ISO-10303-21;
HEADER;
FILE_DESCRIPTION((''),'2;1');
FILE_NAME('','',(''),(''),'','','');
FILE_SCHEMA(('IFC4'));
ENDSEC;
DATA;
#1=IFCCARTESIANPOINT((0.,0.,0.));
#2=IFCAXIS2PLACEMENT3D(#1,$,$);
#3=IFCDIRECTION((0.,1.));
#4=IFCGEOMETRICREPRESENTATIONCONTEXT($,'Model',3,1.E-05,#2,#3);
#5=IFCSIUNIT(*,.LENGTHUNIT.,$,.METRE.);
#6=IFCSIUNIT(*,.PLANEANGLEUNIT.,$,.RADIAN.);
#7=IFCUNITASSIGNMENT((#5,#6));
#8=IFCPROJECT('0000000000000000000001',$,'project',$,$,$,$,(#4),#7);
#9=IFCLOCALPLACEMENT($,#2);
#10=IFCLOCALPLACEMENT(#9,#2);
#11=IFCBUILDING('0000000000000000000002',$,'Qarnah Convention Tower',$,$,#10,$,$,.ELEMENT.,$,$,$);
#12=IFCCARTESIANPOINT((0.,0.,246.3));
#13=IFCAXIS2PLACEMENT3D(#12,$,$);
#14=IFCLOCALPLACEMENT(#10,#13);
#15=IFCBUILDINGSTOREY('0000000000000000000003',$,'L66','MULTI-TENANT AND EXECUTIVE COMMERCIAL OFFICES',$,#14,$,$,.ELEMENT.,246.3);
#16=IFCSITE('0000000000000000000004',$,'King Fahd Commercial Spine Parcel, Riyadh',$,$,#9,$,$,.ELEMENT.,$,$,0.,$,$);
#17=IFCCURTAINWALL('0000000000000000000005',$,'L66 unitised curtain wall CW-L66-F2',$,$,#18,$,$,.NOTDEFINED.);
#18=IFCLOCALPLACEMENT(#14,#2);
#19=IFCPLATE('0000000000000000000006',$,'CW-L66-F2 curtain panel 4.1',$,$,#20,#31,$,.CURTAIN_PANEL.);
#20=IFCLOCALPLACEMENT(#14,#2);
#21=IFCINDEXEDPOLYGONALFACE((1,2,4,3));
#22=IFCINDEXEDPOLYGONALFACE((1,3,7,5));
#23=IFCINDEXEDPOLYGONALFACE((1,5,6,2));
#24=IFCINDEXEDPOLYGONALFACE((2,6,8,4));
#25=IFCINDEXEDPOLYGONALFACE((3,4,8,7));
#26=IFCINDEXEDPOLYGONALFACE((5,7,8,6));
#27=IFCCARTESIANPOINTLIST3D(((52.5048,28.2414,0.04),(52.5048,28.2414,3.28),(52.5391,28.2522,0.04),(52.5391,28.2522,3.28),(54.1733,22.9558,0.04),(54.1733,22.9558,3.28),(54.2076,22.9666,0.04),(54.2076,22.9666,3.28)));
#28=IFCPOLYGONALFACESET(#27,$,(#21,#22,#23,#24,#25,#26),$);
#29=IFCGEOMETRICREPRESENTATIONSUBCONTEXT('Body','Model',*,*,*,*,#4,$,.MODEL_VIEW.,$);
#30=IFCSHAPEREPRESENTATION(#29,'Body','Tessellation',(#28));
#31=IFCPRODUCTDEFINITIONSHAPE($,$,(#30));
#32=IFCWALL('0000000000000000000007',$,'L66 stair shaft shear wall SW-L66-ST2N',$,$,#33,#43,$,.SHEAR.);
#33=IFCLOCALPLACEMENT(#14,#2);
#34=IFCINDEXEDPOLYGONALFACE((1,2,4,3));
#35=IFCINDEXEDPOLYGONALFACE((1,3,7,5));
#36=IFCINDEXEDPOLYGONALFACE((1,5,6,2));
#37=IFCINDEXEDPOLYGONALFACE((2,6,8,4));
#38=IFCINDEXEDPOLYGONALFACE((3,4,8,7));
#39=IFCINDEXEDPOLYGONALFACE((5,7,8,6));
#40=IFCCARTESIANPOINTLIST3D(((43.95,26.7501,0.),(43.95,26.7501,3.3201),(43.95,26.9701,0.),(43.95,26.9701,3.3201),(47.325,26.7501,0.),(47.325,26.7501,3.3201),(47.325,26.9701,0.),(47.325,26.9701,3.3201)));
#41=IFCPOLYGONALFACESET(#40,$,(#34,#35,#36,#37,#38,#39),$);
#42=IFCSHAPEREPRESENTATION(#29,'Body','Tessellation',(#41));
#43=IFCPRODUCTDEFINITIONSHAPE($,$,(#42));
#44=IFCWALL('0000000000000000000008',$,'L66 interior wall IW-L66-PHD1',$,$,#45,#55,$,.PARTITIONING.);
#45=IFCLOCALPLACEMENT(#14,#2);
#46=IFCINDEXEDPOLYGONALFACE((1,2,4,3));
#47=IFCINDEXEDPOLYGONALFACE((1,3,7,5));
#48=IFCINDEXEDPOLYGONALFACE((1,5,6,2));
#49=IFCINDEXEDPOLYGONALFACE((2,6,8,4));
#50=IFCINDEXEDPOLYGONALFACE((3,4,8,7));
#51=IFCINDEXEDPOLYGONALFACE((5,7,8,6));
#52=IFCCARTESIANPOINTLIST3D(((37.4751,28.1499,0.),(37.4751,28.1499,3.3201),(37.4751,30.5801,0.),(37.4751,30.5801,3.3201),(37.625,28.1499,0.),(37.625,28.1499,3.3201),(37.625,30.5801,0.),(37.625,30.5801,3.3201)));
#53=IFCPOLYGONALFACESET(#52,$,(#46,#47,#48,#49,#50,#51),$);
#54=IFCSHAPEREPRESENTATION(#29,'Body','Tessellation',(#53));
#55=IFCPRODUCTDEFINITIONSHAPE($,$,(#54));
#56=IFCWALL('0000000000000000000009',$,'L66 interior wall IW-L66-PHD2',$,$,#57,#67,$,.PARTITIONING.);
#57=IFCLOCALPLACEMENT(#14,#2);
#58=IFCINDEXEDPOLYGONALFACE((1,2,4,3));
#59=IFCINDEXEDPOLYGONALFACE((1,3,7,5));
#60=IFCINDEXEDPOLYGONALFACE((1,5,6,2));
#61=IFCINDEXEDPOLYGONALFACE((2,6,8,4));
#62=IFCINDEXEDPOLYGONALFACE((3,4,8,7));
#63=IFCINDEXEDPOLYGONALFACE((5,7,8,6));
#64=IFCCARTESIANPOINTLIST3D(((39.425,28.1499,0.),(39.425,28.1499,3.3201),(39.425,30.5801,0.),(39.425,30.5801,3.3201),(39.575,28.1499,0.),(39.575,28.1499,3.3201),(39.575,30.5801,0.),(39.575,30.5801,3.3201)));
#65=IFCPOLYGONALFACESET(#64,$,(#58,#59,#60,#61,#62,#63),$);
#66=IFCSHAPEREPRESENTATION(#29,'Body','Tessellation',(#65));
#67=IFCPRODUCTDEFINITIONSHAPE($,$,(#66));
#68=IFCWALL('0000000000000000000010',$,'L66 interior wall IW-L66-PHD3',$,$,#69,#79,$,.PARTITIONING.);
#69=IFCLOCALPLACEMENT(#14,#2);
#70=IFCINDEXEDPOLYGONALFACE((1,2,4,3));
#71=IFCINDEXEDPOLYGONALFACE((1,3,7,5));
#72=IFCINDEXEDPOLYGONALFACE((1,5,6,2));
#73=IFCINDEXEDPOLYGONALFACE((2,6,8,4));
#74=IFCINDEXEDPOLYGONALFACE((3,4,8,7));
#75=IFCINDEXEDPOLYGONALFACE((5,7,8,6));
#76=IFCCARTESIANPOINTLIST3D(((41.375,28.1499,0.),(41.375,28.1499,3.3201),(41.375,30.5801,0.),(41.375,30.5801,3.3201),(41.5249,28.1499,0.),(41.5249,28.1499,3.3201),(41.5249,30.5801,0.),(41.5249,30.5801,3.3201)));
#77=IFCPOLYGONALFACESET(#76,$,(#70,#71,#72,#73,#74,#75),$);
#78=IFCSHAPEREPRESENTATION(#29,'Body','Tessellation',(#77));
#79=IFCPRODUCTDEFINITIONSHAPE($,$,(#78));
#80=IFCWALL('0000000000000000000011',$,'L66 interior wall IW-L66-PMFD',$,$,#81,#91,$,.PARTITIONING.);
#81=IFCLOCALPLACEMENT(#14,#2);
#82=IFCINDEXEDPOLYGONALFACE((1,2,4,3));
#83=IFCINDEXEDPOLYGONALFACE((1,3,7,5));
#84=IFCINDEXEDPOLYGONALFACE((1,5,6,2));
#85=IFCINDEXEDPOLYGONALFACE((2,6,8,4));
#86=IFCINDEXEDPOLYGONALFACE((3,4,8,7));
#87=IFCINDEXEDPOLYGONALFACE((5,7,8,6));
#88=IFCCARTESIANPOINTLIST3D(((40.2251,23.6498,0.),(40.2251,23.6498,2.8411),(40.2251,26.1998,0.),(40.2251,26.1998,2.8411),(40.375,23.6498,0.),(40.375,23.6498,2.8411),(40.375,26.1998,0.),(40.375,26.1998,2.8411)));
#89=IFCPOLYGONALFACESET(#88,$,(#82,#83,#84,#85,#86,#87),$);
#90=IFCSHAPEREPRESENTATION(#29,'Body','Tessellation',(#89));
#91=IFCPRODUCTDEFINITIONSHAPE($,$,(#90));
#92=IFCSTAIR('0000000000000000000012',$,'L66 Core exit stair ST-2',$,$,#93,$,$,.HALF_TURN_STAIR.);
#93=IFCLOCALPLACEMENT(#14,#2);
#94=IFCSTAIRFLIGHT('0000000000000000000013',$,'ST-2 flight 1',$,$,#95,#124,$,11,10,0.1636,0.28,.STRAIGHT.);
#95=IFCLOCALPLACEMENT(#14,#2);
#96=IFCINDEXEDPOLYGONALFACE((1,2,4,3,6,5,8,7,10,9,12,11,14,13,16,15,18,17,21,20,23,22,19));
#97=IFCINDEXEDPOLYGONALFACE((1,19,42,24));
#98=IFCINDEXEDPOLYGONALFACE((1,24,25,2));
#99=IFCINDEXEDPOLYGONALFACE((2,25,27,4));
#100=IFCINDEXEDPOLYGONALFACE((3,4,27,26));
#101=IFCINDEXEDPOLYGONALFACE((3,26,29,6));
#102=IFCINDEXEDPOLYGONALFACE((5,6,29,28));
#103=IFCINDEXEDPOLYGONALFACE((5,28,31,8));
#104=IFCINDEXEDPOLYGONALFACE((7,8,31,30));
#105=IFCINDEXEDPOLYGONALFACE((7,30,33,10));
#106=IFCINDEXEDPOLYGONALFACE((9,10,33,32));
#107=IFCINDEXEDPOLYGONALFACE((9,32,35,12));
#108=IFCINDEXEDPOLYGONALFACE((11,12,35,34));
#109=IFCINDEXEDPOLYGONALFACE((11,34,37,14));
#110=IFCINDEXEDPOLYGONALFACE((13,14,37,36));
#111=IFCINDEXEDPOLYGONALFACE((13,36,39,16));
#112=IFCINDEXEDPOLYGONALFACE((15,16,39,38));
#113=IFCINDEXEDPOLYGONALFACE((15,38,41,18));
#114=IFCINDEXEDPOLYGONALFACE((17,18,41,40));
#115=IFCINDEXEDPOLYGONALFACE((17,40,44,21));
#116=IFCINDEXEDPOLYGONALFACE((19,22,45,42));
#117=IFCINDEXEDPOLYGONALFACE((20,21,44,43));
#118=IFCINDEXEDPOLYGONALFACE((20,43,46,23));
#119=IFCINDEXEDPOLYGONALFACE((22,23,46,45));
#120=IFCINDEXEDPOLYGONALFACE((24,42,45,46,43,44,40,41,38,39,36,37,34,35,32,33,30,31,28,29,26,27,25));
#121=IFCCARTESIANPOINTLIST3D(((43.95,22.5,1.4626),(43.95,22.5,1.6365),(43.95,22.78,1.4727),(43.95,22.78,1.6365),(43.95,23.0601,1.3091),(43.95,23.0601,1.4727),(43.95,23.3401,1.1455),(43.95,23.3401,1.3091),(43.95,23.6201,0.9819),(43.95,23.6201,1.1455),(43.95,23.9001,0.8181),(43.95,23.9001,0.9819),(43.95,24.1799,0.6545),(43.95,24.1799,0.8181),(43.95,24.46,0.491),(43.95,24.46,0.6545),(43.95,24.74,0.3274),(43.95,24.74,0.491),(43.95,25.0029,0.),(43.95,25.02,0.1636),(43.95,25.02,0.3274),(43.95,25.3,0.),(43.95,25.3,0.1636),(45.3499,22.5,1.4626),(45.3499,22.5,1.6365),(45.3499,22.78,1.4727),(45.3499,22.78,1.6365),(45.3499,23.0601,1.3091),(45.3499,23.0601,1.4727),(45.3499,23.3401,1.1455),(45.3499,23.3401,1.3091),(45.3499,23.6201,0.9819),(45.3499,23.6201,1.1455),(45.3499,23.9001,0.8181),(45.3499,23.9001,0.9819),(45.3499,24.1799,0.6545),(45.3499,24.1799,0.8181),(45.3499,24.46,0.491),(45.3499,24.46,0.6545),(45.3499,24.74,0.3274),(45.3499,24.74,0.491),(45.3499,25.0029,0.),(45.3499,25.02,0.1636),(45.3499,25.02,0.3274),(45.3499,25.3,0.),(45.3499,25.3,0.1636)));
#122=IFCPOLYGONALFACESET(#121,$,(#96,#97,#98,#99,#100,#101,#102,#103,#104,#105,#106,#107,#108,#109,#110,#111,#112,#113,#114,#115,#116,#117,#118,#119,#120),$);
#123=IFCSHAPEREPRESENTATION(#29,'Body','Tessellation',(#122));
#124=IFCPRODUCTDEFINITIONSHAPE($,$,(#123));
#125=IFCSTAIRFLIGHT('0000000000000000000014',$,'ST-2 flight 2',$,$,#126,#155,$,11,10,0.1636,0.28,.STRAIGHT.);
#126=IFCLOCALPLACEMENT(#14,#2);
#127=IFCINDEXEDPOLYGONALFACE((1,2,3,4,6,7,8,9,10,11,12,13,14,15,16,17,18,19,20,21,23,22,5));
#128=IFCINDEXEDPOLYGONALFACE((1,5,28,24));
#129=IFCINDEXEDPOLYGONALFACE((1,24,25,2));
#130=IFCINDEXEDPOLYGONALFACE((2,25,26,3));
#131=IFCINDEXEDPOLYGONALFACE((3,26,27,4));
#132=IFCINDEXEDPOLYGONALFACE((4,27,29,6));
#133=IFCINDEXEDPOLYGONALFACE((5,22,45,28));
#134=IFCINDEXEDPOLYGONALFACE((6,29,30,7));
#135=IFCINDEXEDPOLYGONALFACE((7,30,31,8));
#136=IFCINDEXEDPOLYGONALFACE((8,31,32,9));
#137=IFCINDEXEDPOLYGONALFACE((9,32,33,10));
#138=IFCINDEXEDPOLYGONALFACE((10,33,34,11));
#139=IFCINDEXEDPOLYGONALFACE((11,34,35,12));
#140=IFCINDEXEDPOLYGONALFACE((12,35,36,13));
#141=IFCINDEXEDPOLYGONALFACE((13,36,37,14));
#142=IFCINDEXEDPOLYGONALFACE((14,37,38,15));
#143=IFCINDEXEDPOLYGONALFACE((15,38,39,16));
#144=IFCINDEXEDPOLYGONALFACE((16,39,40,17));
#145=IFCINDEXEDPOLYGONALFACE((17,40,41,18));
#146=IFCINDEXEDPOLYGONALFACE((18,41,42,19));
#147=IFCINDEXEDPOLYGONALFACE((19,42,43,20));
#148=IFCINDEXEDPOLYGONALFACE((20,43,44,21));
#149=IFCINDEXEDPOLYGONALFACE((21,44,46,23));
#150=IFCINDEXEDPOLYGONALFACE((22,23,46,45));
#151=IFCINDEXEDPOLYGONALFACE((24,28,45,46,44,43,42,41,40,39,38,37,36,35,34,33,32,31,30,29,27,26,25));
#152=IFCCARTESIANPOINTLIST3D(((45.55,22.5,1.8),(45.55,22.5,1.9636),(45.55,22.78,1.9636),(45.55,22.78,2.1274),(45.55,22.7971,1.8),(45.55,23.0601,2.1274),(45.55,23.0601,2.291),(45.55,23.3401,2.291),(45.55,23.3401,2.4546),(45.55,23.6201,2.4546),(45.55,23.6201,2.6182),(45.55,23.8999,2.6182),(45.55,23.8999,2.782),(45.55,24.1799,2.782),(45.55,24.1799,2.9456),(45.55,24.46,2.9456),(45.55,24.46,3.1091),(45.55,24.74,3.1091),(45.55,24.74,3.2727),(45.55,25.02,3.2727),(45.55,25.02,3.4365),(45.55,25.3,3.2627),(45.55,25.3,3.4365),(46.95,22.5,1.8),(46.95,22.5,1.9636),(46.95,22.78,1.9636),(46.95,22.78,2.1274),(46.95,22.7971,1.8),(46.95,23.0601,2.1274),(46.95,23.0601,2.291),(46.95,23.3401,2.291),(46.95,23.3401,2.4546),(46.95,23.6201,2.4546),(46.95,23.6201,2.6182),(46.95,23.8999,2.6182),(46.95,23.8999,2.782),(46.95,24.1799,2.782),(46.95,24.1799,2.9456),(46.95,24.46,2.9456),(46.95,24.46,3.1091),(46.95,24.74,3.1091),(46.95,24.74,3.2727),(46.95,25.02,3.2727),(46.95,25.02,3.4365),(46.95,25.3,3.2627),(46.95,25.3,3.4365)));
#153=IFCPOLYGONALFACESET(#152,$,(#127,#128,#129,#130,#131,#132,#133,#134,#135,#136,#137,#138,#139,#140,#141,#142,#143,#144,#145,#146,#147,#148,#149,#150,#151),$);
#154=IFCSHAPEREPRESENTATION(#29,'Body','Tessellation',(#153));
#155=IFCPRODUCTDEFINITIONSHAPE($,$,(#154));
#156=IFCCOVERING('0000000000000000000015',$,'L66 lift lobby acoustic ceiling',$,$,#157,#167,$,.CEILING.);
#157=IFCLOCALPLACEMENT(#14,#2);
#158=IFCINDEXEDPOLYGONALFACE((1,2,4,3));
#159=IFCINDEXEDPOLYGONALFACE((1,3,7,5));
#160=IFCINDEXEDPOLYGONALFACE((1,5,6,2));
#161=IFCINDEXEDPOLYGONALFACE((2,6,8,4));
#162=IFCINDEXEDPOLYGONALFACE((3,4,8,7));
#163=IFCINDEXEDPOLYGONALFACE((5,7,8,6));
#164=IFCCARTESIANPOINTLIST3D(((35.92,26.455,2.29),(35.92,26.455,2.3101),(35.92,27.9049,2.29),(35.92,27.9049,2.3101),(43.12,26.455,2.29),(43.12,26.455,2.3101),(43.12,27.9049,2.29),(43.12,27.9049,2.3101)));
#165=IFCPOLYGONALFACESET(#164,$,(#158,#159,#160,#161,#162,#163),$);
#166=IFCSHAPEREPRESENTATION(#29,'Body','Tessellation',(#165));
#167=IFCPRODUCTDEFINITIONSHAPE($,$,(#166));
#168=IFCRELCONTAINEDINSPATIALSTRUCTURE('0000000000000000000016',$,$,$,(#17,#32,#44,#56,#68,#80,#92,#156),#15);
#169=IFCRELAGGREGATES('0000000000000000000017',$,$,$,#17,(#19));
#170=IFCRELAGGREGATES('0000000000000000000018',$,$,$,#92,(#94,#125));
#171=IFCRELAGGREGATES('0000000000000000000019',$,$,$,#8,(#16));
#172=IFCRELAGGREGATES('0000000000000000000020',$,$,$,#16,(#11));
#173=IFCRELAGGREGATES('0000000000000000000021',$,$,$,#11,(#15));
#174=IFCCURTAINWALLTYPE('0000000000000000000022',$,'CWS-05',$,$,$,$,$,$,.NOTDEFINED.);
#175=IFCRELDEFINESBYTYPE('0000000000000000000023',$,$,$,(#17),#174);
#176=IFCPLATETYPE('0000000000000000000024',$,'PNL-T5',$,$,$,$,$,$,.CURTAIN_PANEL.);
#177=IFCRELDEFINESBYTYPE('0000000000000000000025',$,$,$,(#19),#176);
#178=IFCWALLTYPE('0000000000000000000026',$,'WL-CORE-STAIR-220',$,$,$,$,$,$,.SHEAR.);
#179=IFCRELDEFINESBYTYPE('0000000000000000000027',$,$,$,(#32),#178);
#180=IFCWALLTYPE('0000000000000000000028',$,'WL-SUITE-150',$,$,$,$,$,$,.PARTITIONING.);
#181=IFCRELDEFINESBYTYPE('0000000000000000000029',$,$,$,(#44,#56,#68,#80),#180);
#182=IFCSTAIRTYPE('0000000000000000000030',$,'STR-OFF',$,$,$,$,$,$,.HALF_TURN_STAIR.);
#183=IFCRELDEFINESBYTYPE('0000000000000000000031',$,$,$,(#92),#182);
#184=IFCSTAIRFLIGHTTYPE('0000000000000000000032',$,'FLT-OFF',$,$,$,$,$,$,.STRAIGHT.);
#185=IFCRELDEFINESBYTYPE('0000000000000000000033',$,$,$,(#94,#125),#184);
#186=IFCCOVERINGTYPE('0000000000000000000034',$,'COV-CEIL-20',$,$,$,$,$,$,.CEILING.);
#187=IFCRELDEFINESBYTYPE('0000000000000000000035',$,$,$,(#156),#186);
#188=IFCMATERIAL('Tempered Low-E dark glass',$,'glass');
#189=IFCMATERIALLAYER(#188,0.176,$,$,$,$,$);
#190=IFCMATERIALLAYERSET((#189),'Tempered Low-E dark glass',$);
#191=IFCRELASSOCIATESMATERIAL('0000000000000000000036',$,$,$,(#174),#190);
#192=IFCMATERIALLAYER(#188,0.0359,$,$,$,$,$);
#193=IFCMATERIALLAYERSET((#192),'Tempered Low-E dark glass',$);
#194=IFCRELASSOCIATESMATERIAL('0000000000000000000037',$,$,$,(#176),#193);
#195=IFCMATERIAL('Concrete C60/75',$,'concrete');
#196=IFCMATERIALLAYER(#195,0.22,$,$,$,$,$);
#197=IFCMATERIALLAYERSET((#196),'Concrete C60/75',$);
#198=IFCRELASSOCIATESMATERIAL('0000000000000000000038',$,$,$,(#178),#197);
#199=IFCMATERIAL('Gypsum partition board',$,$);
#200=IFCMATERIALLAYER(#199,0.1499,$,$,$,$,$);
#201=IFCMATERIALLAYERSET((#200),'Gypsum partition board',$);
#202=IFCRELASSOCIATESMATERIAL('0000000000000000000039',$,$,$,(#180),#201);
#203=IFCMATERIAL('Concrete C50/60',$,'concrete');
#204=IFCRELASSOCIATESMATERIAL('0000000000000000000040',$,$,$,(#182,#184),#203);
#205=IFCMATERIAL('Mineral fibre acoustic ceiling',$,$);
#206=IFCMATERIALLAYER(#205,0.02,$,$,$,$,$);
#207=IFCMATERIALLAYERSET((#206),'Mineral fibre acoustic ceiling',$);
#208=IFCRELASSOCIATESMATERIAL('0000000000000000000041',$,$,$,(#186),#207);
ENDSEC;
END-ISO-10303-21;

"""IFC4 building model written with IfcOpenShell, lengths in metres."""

from ifc_helpers import new_model, si_unit, direction, frame, frame_2d, origin, origin_2d, place, context, subcontext, project, spatial, polyline, rectangle, outline, extrude, material, layer, layer_set, type_object, element, aggregate, save


model = new_model("IFC4")

# Units and contexts
model_context = context("Model", 3, precision=1e-05, world=origin(), true_north=direction((0.0, 1.0)))
body_context = subcontext(model_context, "Body", "Model", "MODEL_VIEW")
ifc_project = project(units=[si_unit("LENGTHUNIT", "METRE"), si_unit("PLANEANGLEUNIT", "RADIAN")], contexts=[model_context])

# Site, building, storey
site_placement = place(None, origin())
site = spatial("IfcSite", under=ifc_project, at=site_placement, Name="King Fahd Commercial Spine Parcel, Riyadh", CompositionType="ELEMENT", RefElevation=0.0)
building_placement = place(site_placement, origin())
building = spatial("IfcBuilding", under=site, at=building_placement, Name="Qarnah Convention Tower", CompositionType="ELEMENT")
storey_placement = place(building_placement, frame((0.0, 0.0, 246.3)))
storey = spatial("IfcBuildingStorey", under=building, at=storey_placement, Name="L66", Description="MULTI-TENANT AND EXECUTIVE COMMERCIAL OFFICES", CompositionType="ELEMENT", Elevation=246.3)

# Shared definitions
ifc_material_1 = material(Name="Concrete C50/60", Category="concrete")

# Curtain wall, plate
ifc_material_2 = material(Name="Tempered Low-E dark glass", Category="glass")
ifc_layer_1 = layer(ifc_material_2, 0.176)
ifc_layer_set_1 = layer_set([ifc_layer_1], Name="Tempered Low-E dark glass")
curtain_wall_type = type_object("IfcCurtainWallType", Name="CWS-05", PredefinedType="NOTDEFINED", material=ifc_layer_set_1)
curtain_wall_placement = place(storey_placement, origin())
curtain_wall = element("IfcCurtainWall", 1, at=curtain_wall_placement, inside=storey, type_object=curtain_wall_type, Name="L66 unitised curtain wall CW-L66-F2", PredefinedType="NOTDEFINED")
ifc_layer_2 = layer(ifc_material_2, 0.0359)
ifc_layer_set_2 = layer_set([ifc_layer_2], Name="Tempered Low-E dark glass")
plate_type = type_object("IfcPlateType", Name="PNL-T5", PredefinedType="CURTAIN_PANEL", material=ifc_layer_set_2)
plate_placement = place(storey_placement, frame((53.3562, 25.604, 0.04), z_axis=(0.0, 0.0, 1.0), x_axis=(0.301024, -0.953617, 0.0)))
plate = element("IfcPlate", 2, at=plate_placement, type_object=plate_type, Name="CW-L66-F2 curtain panel 4.1", PredefinedType="CURTAIN_PANEL", context=body_context, shape_type="SweptSolid", body=[
    extrude(rectangle(XDim=5.5427, YDim=0.0359, at=origin_2d()), origin(), (0.0, 0.0, 1.0), 3.24),
])
aggregate(curtain_wall, [plate])

# Walls
ifc_material_3 = material(Name="Concrete C60/75", Category="concrete")
ifc_layer_3 = layer(ifc_material_3, 0.22)
ifc_layer_set_3 = layer_set([ifc_layer_3], Name="Concrete C60/75")
wall_type_1 = type_object("IfcWallType", Name="WL-CORE-STAIR-220", PredefinedType="SHEAR", material=ifc_layer_set_3)
wall_1_placement = place(storey_placement, frame((43.95, 26.8601, 0.0), z_axis=(0.0, 0.0, 1.0), x_axis=(1.0, 0.0, 0.0)))
element("IfcWall", 3, at=wall_1_placement, inside=storey, type_object=wall_type_1, Name="L66 stair shaft shear wall SW-L66-ST2N", PredefinedType="SHEAR", context=body_context, shape_type="SweptSolid", body=[
    extrude(rectangle(XDim=3.375, YDim=0.22, at=frame_2d((1.6875, 0.0))), origin(), (0.0, 0.0, 1.0), 3.3201),
])
ifc_material_4 = material(Name="Gypsum partition board")
ifc_layer_4 = layer(ifc_material_4, 0.1499)
ifc_layer_set_4 = layer_set([ifc_layer_4], Name="Gypsum partition board")
wall_type_2 = type_object("IfcWallType", Name="WL-SUITE-150", PredefinedType="PARTITIONING", material=ifc_layer_set_4)
for number, where, z_axis, x_axis, name in (
    (4, (37.55, 28.1499, 0.0), (0.0, 0.0, 1.0), (0.0, 1.0, 0.0), "L66 interior wall IW-L66-PHD1"),
    (5, (39.5, 28.1499, 0.0), (0.0, 0.0, 1.0), (0.0, 1.0, 0.0), "L66 interior wall IW-L66-PHD2"),
    (6, (41.45, 28.1499, 0.0), (0.0, 0.0, 1.0), (0.0, 1.0, 0.0), "L66 interior wall IW-L66-PHD3"),
):
    element("IfcWall", number, at=place(storey_placement, frame(where, z_axis=z_axis, x_axis=x_axis)), inside=storey, type_object=wall_type_2, Name=name, PredefinedType="PARTITIONING", context=body_context, shape_type="SweptSolid", body=[
        extrude(rectangle(XDim=2.4302, YDim=0.1499, at=frame_2d((1.2151, 0.0))), origin(), (0.0, 0.0, 1.0), 3.3201),
    ])
wall_2_placement = place(storey_placement, frame((40.3, 23.6499, 0.0), z_axis=(0.0, 0.0, 1.0), x_axis=(0.0, 1.0, 0.0)))
element("IfcWall", 7, at=wall_2_placement, inside=storey, type_object=wall_type_2, Name="L66 interior wall IW-L66-PMFD", PredefinedType="PARTITIONING", context=body_context, shape_type="SweptSolid", body=[
    extrude(rectangle(XDim=2.55, YDim=0.1499, at=frame_2d((1.2749, 0.0))), origin(), (0.0, 0.0, 1.0), 2.8411),
])

# Stair, stair flights
stair_type = type_object("IfcStairType", Name="STR-OFF", PredefinedType="HALF_TURN_STAIR", material=ifc_material_1)
stair_placement = place(storey_placement, origin())
stair = element("IfcStair", 8, at=stair_placement, inside=storey, type_object=stair_type, Name="L66 Core exit stair ST-2", PredefinedType="HALF_TURN_STAIR")
stair_flight_type = type_object("IfcStairFlightType", Name="FLT-OFF", PredefinedType="STRAIGHT", material=ifc_material_1)
stair_flight_1_placement = place(storey_placement, frame((44.6499, 25.3, 0.0), z_axis=(0.0, 0.0, 1.0), x_axis=(0.0, -1.0, 0.0)))
stair_flight_1 = element("IfcStairFlight", 9, at=stair_flight_1_placement, type_object=stair_flight_type, Name="ST-2 flight 1", NumberOfRisers=11, NumberOfTreads=10, PredefinedType="STRAIGHT", RiserHeight=0.1636, TreadLength=0.28, context=body_context, shape_type="SweptSolid", body=[
    extrude(outline(polyline([(0.0, 0.0), (0.0, 0.1636), (0.28, 0.1636), (0.28, 0.3274), (0.5601, 0.3274), (0.5601, 0.491), (0.8401, 0.491), (0.8401, 0.6545), (1.1201, 0.6545), (1.1201, 0.8181), (1.3999, 0.8181), (1.3999, 0.9819), (1.6799, 0.9819), (1.6799, 1.1455), (1.96, 1.1455), (1.96, 1.3091), (2.24, 1.3091), (2.24, 1.4727), (2.52, 1.4727), (2.52, 1.6365), (2.8, 1.6365), (2.8, 1.8), (2.8, 1.4626), (0.2971, 0.0), (0.0, 0.0)])), frame((0.0, 0.7, 0.0), z_axis=(0.0, -1.0, 0.0), x_axis=(1.0, 0.0, 0.0)), (0.0, 0.0, 1.0), 1.3999),
])
stair_flight_2_placement = place(storey_placement, frame((46.25, 22.5, 1.8), z_axis=(0.0, 0.0, 1.0), x_axis=(0.0, 1.0, 0.0)))
stair_flight_2 = element("IfcStairFlight", 10, at=stair_flight_2_placement, type_object=stair_flight_type, Name="ST-2 flight 2", NumberOfRisers=11, NumberOfTreads=10, PredefinedType="STRAIGHT", RiserHeight=0.1636, TreadLength=0.28, context=body_context, shape_type="SweptSolid", body=[
    extrude(outline(polyline([(0.0, 0.0), (0.0, 0.1636), (0.28, 0.1636), (0.28, 0.3274), (0.5601, 0.3274), (0.5601, 0.491), (0.8401, 0.491), (0.8401, 0.6545), (1.1201, 0.6545), (1.1201, 0.8181), (1.3999, 0.8181), (1.3999, 0.9819), (1.6799, 0.9819), (1.6799, 1.1455), (1.96, 1.1455), (1.96, 1.3091), (2.24, 1.3091), (2.24, 1.4727), (2.52, 1.4727), (2.52, 1.6365), (2.8, 1.6365), (2.8, 1.8), (2.8, 1.4626), (0.2971, 0.0), (0.0, 0.0)])), frame((0.0, 0.7, 0.0), z_axis=(0.0, -1.0, 0.0), x_axis=(1.0, 0.0, 0.0)), (0.0, 0.0, 1.0), 1.3999),
])
aggregate(stair, [stair_flight_1, stair_flight_2])

# Covering
ifc_material_5 = material(Name="Mineral fibre acoustic ceiling")
ifc_layer_5 = layer(ifc_material_5, 0.02)
ifc_layer_set_5 = layer_set([ifc_layer_5], Name="Mineral fibre acoustic ceiling")
covering_type = type_object("IfcCoveringType", Name="COV-CEIL-20", PredefinedType="CEILING", material=ifc_layer_set_5)
covering_placement = place(storey_placement, frame((39.52, 27.1799, 2.29), z_axis=(0.0, 0.0, 1.0), x_axis=(1.0, 0.0, 0.0)))
element("IfcCovering", 11, at=covering_placement, inside=storey, type_object=covering_type, Name="L66 lift lobby acoustic ceiling", PredefinedType="CEILING", context=body_context, shape_type="SweptSolid", body=[
    extrude(rectangle(XDim=7.2, YDim=1.45, at=origin_2d()), origin(), (0.0, 0.0, 1.0), 0.02),
])

save(model, "model.ifc")
